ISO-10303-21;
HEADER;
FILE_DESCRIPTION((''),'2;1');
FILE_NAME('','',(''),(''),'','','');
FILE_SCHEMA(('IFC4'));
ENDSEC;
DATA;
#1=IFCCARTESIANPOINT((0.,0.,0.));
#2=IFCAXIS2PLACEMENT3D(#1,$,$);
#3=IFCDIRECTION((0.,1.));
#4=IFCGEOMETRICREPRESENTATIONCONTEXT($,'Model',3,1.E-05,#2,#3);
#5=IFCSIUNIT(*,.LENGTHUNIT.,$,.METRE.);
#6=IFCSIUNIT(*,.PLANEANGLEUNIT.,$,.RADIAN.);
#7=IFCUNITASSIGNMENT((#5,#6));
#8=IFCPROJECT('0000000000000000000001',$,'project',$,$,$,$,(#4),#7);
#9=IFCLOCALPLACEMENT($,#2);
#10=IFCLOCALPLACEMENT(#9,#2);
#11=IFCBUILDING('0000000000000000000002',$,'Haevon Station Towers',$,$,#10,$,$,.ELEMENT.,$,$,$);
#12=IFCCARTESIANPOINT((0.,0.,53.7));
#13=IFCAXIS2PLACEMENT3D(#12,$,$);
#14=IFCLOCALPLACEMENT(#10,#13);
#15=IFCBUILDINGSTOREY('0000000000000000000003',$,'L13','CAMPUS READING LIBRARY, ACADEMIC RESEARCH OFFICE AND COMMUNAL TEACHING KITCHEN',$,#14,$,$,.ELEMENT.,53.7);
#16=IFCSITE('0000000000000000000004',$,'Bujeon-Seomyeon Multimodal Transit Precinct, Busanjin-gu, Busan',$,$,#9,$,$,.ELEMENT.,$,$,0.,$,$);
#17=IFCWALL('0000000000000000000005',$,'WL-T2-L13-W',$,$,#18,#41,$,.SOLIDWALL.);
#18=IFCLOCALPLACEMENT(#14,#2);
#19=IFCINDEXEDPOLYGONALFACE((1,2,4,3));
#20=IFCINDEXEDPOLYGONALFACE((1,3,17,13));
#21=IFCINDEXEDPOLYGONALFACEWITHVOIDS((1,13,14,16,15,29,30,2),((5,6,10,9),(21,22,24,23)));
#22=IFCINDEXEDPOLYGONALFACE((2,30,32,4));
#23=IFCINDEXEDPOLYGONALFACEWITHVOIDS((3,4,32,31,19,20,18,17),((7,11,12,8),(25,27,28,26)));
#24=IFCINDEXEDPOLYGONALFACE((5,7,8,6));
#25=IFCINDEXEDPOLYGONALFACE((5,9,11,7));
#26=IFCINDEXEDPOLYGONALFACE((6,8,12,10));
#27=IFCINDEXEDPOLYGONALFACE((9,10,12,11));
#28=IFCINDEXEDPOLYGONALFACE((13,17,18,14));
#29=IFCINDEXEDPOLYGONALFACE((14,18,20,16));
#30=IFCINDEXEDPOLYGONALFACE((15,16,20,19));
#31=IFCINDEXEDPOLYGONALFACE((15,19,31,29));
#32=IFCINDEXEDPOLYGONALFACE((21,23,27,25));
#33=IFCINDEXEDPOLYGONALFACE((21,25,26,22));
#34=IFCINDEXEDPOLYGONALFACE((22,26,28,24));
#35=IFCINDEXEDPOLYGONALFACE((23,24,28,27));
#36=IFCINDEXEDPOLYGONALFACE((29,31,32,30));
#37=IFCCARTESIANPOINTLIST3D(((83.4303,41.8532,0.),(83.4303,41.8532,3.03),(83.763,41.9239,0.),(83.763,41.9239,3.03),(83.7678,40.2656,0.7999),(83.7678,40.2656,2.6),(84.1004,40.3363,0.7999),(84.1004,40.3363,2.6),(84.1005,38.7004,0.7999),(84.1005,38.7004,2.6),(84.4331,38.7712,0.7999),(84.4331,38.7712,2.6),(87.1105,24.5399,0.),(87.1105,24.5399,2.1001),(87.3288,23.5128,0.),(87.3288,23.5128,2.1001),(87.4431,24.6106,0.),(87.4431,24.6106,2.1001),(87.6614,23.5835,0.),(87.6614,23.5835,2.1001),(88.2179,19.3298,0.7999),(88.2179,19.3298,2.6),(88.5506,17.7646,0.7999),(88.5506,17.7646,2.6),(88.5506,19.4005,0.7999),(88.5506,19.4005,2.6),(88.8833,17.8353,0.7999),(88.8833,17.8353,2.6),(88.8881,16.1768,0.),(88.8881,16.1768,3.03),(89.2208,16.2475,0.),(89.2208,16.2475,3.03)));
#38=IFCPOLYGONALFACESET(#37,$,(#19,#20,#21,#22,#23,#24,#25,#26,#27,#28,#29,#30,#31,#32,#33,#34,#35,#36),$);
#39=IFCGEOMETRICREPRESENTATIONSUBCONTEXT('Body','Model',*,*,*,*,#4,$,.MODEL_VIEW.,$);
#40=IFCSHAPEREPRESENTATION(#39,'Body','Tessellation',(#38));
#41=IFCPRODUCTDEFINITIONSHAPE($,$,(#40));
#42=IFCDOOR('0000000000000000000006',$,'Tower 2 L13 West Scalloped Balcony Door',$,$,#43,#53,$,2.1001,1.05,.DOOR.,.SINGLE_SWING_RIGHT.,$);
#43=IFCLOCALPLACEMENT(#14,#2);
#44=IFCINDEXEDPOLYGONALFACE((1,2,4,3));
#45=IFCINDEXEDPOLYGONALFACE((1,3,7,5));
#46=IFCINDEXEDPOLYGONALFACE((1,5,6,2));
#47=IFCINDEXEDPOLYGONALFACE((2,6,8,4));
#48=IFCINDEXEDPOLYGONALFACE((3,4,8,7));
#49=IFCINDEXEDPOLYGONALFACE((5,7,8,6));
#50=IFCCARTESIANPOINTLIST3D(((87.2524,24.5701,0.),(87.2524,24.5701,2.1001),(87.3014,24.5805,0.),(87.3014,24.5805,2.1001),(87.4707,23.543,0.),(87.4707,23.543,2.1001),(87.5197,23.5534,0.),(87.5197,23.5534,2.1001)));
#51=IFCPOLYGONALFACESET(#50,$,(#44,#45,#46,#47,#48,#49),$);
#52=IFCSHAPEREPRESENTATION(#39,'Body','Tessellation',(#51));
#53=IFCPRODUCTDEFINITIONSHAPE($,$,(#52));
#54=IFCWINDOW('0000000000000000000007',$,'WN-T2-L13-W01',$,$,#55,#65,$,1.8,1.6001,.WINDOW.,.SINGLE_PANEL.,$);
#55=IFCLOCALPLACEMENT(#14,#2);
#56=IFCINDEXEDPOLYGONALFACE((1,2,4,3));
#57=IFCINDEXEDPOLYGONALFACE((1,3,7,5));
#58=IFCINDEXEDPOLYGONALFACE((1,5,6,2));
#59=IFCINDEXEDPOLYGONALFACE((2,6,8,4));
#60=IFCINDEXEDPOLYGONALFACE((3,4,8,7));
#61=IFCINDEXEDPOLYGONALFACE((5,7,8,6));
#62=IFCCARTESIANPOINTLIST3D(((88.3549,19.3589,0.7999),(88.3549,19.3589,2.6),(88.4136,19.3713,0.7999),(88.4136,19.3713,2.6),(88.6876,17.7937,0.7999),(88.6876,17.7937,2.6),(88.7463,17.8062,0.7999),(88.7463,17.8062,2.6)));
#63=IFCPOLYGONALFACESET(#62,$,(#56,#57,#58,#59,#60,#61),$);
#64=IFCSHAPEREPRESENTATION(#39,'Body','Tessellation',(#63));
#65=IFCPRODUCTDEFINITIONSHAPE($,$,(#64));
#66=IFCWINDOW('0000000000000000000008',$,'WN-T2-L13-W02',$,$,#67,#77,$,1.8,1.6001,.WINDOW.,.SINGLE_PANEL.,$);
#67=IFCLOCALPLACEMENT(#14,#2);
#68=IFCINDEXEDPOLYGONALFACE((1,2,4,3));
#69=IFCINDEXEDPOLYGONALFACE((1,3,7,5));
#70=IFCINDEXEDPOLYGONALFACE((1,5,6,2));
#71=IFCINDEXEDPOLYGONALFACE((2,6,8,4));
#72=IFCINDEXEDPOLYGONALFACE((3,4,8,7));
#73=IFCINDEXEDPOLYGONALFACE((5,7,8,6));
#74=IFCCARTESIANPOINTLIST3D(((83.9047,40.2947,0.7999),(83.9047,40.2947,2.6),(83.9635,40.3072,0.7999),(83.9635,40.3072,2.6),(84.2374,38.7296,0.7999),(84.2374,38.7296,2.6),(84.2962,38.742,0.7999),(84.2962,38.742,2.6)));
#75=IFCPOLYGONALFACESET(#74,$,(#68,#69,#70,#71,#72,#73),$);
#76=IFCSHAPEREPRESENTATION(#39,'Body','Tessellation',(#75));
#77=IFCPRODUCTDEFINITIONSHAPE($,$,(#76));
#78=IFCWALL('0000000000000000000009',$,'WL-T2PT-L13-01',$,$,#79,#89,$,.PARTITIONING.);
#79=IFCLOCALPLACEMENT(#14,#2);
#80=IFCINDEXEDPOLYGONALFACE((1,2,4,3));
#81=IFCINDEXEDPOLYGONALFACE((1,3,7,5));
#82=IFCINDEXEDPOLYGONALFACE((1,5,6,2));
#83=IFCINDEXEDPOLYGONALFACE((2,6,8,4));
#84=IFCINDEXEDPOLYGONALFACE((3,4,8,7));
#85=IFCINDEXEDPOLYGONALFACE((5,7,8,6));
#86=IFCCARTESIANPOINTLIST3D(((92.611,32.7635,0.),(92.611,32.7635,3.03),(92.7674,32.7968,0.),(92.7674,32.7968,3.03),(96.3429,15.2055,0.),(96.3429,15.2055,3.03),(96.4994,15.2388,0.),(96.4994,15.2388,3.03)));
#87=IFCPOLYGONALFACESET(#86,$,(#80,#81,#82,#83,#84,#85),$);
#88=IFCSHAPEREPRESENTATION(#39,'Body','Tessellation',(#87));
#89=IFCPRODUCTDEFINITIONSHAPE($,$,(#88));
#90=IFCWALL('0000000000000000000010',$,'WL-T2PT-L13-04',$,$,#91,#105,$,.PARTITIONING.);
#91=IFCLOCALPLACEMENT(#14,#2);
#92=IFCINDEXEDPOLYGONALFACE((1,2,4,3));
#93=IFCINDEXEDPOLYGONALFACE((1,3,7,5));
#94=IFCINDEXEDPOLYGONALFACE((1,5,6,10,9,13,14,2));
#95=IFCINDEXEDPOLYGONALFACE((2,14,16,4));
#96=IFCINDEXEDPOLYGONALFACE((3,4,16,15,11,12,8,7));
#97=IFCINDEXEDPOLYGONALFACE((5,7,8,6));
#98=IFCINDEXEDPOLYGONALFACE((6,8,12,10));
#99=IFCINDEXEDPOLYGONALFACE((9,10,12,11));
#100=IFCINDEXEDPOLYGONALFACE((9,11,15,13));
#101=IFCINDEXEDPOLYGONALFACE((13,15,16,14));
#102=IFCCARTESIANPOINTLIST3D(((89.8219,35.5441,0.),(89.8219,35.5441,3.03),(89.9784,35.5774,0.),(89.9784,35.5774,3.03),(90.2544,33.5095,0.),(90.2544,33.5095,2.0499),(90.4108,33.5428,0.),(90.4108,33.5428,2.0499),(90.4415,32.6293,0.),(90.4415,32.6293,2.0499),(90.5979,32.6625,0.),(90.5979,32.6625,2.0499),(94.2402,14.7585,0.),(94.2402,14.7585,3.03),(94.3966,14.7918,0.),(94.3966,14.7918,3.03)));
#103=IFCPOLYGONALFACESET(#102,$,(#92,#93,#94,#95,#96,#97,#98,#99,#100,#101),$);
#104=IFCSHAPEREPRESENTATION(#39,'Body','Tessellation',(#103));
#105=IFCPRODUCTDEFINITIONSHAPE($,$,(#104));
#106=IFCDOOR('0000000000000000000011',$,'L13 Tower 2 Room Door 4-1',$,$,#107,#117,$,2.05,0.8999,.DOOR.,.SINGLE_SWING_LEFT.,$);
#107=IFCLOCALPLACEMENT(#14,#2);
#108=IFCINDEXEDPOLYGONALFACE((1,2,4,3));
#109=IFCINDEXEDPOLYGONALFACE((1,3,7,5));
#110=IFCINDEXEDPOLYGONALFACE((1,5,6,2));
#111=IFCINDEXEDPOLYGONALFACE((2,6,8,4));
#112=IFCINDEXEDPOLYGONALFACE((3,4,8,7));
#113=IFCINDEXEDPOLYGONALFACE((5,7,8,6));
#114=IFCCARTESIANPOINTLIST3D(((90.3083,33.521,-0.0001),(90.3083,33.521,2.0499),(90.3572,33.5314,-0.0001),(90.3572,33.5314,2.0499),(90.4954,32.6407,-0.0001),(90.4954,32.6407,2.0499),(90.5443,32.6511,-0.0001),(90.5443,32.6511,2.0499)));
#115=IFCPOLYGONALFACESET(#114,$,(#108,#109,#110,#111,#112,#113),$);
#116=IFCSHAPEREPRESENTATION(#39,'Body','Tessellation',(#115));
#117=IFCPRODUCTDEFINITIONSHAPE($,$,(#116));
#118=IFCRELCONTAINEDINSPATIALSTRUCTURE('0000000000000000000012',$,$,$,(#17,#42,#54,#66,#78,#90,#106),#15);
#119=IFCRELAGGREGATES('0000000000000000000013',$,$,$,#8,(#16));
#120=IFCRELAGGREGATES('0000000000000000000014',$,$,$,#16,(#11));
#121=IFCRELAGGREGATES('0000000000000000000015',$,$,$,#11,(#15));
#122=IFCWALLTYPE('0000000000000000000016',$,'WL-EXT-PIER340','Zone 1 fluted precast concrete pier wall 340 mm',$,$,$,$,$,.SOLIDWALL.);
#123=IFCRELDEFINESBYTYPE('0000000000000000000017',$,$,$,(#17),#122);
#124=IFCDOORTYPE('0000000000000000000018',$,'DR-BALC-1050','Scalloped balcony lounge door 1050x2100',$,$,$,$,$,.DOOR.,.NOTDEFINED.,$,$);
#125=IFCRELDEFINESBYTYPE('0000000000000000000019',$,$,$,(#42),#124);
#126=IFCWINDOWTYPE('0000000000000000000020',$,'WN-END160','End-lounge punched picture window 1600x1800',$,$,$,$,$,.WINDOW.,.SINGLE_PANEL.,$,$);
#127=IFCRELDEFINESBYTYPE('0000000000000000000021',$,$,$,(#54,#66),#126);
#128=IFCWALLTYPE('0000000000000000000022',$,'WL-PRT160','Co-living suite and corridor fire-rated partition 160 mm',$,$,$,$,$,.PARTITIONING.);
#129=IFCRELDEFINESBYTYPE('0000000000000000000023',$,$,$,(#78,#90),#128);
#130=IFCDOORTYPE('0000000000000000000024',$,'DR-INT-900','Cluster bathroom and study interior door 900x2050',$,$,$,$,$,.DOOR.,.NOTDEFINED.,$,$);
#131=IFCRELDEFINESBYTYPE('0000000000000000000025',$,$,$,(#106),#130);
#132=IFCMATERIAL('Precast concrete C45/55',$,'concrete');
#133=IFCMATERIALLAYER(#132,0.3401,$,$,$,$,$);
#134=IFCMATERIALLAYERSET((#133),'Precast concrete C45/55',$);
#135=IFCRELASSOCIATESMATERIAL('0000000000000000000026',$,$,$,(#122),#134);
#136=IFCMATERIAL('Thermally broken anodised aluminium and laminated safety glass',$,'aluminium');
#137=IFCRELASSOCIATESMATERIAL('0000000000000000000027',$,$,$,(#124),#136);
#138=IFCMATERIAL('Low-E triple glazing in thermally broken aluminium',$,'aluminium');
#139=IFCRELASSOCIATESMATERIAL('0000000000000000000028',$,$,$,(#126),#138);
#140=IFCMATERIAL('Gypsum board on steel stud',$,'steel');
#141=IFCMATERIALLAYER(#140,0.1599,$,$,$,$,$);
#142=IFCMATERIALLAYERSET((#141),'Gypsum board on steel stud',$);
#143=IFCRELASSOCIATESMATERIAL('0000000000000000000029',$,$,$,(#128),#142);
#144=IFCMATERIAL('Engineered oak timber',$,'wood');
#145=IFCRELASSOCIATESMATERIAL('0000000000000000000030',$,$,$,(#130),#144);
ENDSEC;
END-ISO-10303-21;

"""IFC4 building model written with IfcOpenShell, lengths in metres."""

from ifc_helpers import new_model, si_unit, direction, frame, frame_2d, origin, place, context, subcontext, project, spatial, rectangle, extrude, material, layer, layer_set, type_object, element, fill, save


model = new_model("IFC4")

# Units and contexts
model_context = context("Model", 3, precision=1e-05, world=origin(), true_north=direction((0.0, 1.0)))
body_context = subcontext(model_context, "Body", "Model", "MODEL_VIEW")
ifc_project = project(units=[si_unit("LENGTHUNIT", "METRE"), si_unit("PLANEANGLEUNIT", "RADIAN")], contexts=[model_context])

# Site, building, storey
site_placement = place(None, origin())
site = spatial("IfcSite", under=ifc_project, at=site_placement, Name="Bujeon-Seomyeon Multimodal Transit Precinct, Busanjin-gu, Busan", CompositionType="ELEMENT", RefElevation=0.0)
building_placement = place(site_placement, origin())
building = spatial("IfcBuilding", under=site, at=building_placement, Name="Haevon Station Towers", CompositionType="ELEMENT")
storey_placement = place(building_placement, frame((0.0, 0.0, 53.7)))
storey = spatial("IfcBuildingStorey", under=building, at=storey_placement, Name="L13", Description="CAMPUS READING LIBRARY, ACADEMIC RESEARCH OFFICE AND COMMUNAL TEACHING KITCHEN", CompositionType="ELEMENT", Elevation=53.7)

# Shared definitions
ifc_material_1 = material(Name="Gypsum board on steel stud", Category="steel")
ifc_material_2 = material(Name="Precast concrete C45/55", Category="concrete")
ifc_layer_1 = layer(ifc_material_2, 0.3401)
ifc_layer_set_1 = layer_set([ifc_layer_1], Name="Precast concrete C45/55")
wall_type_1 = type_object("IfcWallType", Name="WL-EXT-PIER340", Description="Zone 1 fluted precast concrete pier wall 340 mm", PredefinedType="SOLIDWALL", material=ifc_layer_set_1)

# Wall, openings, door, windows
wall_1_placement = place(storey_placement, frame((89.0544, 16.2122, 0.0), z_axis=(0.0, 0.0, 1.0), x_axis=(-0.207915, 0.978147, 0.0)))
wall_1 = element("IfcWall", 1, at=wall_1_placement, inside=storey, type_object=wall_type_1, Name="WL-T2-L13-W", PredefinedType="SOLIDWALL", context=body_context, shape_type="SweptSolid", body=[
    extrude(rectangle(XDim=26.25, YDim=0.3401, at=frame_2d((13.125, 0.0))), origin(), (0.0, 0.0, 1.0), 3.03),
])
opening_1_placement = place(wall_1_placement, frame((7.5, 0.0, 0.0)))
opening_1 = element("IfcOpeningElement", 2, at=opening_1_placement, cuts=wall_1, PredefinedType="OPENING", context=body_context, shape_type="SweptSolid", body=[
    extrude(rectangle(XDim=1.05, YDim=2.1001, at=frame_2d((0.5249, 1.05))), frame((0.0, 0.1799, 0.0), z_axis=(0.0, -1.0, 0.0), x_axis=(1.0, 0.0, 0.0)), (0.0, 0.0, 1.0), 0.3601),
])
opening_2_placement = place(wall_1_placement, frame((1.6233, 0.0, 0.8)))
opening_2 = element("IfcOpeningElement", 3, at=opening_2_placement, cuts=wall_1, PredefinedType="OPENING", context=body_context, shape_type="SweptSolid", body=[
    extrude(rectangle(XDim=1.6001, YDim=1.8, at=frame_2d((0.8, 0.8999))), frame((0.0, 0.1799, 0.0), z_axis=(0.0, -1.0, 0.0), x_axis=(1.0, 0.0, 0.0)), (0.0, 0.0, 1.0), 0.3601),
])
opening_3_placement = place(wall_1_placement, frame((23.0269, 0.0, 0.8)))
opening_3 = element("IfcOpeningElement", 4, at=opening_3_placement, cuts=wall_1, PredefinedType="OPENING", context=body_context, shape_type="SweptSolid", body=[
    extrude(rectangle(XDim=1.6001, YDim=1.8, at=frame_2d((0.8, 0.8999))), frame((0.0, 0.1799, 0.0), z_axis=(0.0, -1.0, 0.0), x_axis=(1.0, 0.0, 0.0)), (0.0, 0.0, 1.0), 0.3601),
])
ifc_material_3 = material(Name="Thermally broken anodised aluminium and laminated safety glass", Category="aluminium")
door_type_1 = type_object("IfcDoorType", Name="DR-BALC-1050", Description="Scalloped balcony lounge door 1050x2100", OperationType="NOTDEFINED", PredefinedType="DOOR", material=ifc_material_3)
door_1_placement = place(opening_1_placement, origin())
door_1 = element("IfcDoor", 5, at=door_1_placement, inside=storey, type_object=door_type_1, Name="Tower 2 L13 West Scalloped Balcony Door", OperationType="SINGLE_SWING_RIGHT", OverallHeight=2.1001, OverallWidth=1.05, PredefinedType="DOOR", context=body_context, shape_type="SweptSolid", body=[
    extrude(rectangle(XDim=1.05, YDim=2.1001, at=frame_2d((0.5249, 1.05))), frame((0.0, 0.0249, 0.0), z_axis=(0.0, -1.0, 0.0), x_axis=(1.0, 0.0, 0.0)), (0.0, 0.0, 1.0), 0.05),
])
fill(opening_1, door_1)
ifc_material_4 = material(Name="Low-E triple glazing in thermally broken aluminium", Category="aluminium")
window_type = type_object("IfcWindowType", Name="WN-END160", Description="End-lounge punched picture window 1600x1800", PartitioningType="SINGLE_PANEL", PredefinedType="WINDOW", material=ifc_material_4)
window_1_placement = place(opening_2_placement, origin())
window_1 = element("IfcWindow", 6, at=window_1_placement, inside=storey, type_object=window_type, Name="WN-T2-L13-W01", OverallHeight=1.8, OverallWidth=1.6001, PartitioningType="SINGLE_PANEL", PredefinedType="WINDOW", context=body_context, shape_type="SweptSolid", body=[
    extrude(rectangle(XDim=1.6001, YDim=1.8, at=frame_2d((0.8, 0.8999))), frame((0.0, 0.03, 0.0), z_axis=(0.0, -1.0, 0.0), x_axis=(1.0, 0.0, 0.0)), (0.0, 0.0, 1.0), 0.0601),
])
fill(opening_2, window_1)
window_2_placement = place(opening_3_placement, origin())
window_2 = element("IfcWindow", 7, at=window_2_placement, inside=storey, type_object=window_type, Name="WN-T2-L13-W02", OverallHeight=1.8, OverallWidth=1.6001, PartitioningType="SINGLE_PANEL", PredefinedType="WINDOW", context=body_context, shape_type="SweptSolid", body=[
    extrude(rectangle(XDim=1.6001, YDim=1.8, at=frame_2d((0.8, 0.8999))), frame((0.0, 0.03, 0.0), z_axis=(0.0, -1.0, 0.0), x_axis=(1.0, 0.0, 0.0)), (0.0, 0.0, 1.0), 0.0601),
])
fill(opening_3, window_2)

# Wall
ifc_layer_2 = layer(ifc_material_1, 0.1599)
ifc_layer_set_2 = layer_set([ifc_layer_2], Name="Gypsum board on steel stud")
wall_type_2 = type_object("IfcWallType", Name="WL-PRT160", Description="Co-living suite and corridor fire-rated partition 160 mm", PredefinedType="PARTITIONING", material=ifc_layer_set_2)
wall_2_placement = place(storey_placement, frame((96.4211, 15.2222, 0.0), z_axis=(0.0, 0.0, 1.0), x_axis=(-0.207906, 0.978149, 0.0)))
element("IfcWall", 8, at=wall_2_placement, inside=storey, type_object=wall_type_2, Name="WL-T2PT-L13-01", PredefinedType="PARTITIONING", context=body_context, shape_type="SweptSolid", body=[
    extrude(rectangle(XDim=17.9502, YDim=0.1599, at=frame_2d((8.9751, 0.0))), origin(), (0.0, 0.0, 1.0), 3.03),
])

# Wall, opening, door
wall_3_placement = place(storey_placement, frame((94.3184, 14.7751, 0.0), z_axis=(0.0, 0.0, 1.0), x_axis=(-0.207916, 0.978147, 0.0)))
wall_3 = element("IfcWall", 9, at=wall_3_placement, inside=storey, type_object=wall_type_2, Name="WL-T2PT-L13-04", PredefinedType="PARTITIONING", context=body_context, shape_type="SweptSolid", body=[
    extrude(rectangle(XDim=21.25, YDim=0.1599, at=frame_2d((10.625, 0.0))), origin(), (0.0, 0.0, 1.0), 3.03),
])
opening_4_placement = place(wall_3_placement, frame((18.27, 0.0, 0.0)))
opening_4 = element("IfcOpeningElement", 10, at=opening_4_placement, cuts=wall_3, PredefinedType="OPENING", context=body_context, shape_type="SweptSolid", body=[
    extrude(rectangle(XDim=0.8999, YDim=2.05, at=frame_2d((0.45, 1.0249))), frame((0.0, 0.0898, 0.0), z_axis=(0.0, -1.0, 0.0), x_axis=(1.0, 0.0, 0.0)), (0.0, 0.0, 1.0), 0.1799),
])
ifc_material_5 = material(Name="Engineered oak timber", Category="wood")
door_type_2 = type_object("IfcDoorType", Name="DR-INT-900", Description="Cluster bathroom and study interior door 900x2050", OperationType="NOTDEFINED", PredefinedType="DOOR", material=ifc_material_5)
door_2_placement = place(opening_4_placement, origin())
door_2 = element("IfcDoor", 11, at=door_2_placement, inside=storey, type_object=door_type_2, Name="L13 Tower 2 Room Door 4-1", OperationType="SINGLE_SWING_LEFT", OverallHeight=2.05, OverallWidth=0.8999, PredefinedType="DOOR", context=body_context, shape_type="SweptSolid", body=[
    extrude(rectangle(XDim=0.8999, YDim=2.05, at=frame_2d((0.45, 1.0249))), frame((0.0, 0.0249, 0.0), z_axis=(0.0, -1.0, 0.0), x_axis=(1.0, 0.0, 0.0)), (0.0, 0.0, 1.0), 0.05),
])
fill(opening_4, door_2)

save(model, "model.ifc")
